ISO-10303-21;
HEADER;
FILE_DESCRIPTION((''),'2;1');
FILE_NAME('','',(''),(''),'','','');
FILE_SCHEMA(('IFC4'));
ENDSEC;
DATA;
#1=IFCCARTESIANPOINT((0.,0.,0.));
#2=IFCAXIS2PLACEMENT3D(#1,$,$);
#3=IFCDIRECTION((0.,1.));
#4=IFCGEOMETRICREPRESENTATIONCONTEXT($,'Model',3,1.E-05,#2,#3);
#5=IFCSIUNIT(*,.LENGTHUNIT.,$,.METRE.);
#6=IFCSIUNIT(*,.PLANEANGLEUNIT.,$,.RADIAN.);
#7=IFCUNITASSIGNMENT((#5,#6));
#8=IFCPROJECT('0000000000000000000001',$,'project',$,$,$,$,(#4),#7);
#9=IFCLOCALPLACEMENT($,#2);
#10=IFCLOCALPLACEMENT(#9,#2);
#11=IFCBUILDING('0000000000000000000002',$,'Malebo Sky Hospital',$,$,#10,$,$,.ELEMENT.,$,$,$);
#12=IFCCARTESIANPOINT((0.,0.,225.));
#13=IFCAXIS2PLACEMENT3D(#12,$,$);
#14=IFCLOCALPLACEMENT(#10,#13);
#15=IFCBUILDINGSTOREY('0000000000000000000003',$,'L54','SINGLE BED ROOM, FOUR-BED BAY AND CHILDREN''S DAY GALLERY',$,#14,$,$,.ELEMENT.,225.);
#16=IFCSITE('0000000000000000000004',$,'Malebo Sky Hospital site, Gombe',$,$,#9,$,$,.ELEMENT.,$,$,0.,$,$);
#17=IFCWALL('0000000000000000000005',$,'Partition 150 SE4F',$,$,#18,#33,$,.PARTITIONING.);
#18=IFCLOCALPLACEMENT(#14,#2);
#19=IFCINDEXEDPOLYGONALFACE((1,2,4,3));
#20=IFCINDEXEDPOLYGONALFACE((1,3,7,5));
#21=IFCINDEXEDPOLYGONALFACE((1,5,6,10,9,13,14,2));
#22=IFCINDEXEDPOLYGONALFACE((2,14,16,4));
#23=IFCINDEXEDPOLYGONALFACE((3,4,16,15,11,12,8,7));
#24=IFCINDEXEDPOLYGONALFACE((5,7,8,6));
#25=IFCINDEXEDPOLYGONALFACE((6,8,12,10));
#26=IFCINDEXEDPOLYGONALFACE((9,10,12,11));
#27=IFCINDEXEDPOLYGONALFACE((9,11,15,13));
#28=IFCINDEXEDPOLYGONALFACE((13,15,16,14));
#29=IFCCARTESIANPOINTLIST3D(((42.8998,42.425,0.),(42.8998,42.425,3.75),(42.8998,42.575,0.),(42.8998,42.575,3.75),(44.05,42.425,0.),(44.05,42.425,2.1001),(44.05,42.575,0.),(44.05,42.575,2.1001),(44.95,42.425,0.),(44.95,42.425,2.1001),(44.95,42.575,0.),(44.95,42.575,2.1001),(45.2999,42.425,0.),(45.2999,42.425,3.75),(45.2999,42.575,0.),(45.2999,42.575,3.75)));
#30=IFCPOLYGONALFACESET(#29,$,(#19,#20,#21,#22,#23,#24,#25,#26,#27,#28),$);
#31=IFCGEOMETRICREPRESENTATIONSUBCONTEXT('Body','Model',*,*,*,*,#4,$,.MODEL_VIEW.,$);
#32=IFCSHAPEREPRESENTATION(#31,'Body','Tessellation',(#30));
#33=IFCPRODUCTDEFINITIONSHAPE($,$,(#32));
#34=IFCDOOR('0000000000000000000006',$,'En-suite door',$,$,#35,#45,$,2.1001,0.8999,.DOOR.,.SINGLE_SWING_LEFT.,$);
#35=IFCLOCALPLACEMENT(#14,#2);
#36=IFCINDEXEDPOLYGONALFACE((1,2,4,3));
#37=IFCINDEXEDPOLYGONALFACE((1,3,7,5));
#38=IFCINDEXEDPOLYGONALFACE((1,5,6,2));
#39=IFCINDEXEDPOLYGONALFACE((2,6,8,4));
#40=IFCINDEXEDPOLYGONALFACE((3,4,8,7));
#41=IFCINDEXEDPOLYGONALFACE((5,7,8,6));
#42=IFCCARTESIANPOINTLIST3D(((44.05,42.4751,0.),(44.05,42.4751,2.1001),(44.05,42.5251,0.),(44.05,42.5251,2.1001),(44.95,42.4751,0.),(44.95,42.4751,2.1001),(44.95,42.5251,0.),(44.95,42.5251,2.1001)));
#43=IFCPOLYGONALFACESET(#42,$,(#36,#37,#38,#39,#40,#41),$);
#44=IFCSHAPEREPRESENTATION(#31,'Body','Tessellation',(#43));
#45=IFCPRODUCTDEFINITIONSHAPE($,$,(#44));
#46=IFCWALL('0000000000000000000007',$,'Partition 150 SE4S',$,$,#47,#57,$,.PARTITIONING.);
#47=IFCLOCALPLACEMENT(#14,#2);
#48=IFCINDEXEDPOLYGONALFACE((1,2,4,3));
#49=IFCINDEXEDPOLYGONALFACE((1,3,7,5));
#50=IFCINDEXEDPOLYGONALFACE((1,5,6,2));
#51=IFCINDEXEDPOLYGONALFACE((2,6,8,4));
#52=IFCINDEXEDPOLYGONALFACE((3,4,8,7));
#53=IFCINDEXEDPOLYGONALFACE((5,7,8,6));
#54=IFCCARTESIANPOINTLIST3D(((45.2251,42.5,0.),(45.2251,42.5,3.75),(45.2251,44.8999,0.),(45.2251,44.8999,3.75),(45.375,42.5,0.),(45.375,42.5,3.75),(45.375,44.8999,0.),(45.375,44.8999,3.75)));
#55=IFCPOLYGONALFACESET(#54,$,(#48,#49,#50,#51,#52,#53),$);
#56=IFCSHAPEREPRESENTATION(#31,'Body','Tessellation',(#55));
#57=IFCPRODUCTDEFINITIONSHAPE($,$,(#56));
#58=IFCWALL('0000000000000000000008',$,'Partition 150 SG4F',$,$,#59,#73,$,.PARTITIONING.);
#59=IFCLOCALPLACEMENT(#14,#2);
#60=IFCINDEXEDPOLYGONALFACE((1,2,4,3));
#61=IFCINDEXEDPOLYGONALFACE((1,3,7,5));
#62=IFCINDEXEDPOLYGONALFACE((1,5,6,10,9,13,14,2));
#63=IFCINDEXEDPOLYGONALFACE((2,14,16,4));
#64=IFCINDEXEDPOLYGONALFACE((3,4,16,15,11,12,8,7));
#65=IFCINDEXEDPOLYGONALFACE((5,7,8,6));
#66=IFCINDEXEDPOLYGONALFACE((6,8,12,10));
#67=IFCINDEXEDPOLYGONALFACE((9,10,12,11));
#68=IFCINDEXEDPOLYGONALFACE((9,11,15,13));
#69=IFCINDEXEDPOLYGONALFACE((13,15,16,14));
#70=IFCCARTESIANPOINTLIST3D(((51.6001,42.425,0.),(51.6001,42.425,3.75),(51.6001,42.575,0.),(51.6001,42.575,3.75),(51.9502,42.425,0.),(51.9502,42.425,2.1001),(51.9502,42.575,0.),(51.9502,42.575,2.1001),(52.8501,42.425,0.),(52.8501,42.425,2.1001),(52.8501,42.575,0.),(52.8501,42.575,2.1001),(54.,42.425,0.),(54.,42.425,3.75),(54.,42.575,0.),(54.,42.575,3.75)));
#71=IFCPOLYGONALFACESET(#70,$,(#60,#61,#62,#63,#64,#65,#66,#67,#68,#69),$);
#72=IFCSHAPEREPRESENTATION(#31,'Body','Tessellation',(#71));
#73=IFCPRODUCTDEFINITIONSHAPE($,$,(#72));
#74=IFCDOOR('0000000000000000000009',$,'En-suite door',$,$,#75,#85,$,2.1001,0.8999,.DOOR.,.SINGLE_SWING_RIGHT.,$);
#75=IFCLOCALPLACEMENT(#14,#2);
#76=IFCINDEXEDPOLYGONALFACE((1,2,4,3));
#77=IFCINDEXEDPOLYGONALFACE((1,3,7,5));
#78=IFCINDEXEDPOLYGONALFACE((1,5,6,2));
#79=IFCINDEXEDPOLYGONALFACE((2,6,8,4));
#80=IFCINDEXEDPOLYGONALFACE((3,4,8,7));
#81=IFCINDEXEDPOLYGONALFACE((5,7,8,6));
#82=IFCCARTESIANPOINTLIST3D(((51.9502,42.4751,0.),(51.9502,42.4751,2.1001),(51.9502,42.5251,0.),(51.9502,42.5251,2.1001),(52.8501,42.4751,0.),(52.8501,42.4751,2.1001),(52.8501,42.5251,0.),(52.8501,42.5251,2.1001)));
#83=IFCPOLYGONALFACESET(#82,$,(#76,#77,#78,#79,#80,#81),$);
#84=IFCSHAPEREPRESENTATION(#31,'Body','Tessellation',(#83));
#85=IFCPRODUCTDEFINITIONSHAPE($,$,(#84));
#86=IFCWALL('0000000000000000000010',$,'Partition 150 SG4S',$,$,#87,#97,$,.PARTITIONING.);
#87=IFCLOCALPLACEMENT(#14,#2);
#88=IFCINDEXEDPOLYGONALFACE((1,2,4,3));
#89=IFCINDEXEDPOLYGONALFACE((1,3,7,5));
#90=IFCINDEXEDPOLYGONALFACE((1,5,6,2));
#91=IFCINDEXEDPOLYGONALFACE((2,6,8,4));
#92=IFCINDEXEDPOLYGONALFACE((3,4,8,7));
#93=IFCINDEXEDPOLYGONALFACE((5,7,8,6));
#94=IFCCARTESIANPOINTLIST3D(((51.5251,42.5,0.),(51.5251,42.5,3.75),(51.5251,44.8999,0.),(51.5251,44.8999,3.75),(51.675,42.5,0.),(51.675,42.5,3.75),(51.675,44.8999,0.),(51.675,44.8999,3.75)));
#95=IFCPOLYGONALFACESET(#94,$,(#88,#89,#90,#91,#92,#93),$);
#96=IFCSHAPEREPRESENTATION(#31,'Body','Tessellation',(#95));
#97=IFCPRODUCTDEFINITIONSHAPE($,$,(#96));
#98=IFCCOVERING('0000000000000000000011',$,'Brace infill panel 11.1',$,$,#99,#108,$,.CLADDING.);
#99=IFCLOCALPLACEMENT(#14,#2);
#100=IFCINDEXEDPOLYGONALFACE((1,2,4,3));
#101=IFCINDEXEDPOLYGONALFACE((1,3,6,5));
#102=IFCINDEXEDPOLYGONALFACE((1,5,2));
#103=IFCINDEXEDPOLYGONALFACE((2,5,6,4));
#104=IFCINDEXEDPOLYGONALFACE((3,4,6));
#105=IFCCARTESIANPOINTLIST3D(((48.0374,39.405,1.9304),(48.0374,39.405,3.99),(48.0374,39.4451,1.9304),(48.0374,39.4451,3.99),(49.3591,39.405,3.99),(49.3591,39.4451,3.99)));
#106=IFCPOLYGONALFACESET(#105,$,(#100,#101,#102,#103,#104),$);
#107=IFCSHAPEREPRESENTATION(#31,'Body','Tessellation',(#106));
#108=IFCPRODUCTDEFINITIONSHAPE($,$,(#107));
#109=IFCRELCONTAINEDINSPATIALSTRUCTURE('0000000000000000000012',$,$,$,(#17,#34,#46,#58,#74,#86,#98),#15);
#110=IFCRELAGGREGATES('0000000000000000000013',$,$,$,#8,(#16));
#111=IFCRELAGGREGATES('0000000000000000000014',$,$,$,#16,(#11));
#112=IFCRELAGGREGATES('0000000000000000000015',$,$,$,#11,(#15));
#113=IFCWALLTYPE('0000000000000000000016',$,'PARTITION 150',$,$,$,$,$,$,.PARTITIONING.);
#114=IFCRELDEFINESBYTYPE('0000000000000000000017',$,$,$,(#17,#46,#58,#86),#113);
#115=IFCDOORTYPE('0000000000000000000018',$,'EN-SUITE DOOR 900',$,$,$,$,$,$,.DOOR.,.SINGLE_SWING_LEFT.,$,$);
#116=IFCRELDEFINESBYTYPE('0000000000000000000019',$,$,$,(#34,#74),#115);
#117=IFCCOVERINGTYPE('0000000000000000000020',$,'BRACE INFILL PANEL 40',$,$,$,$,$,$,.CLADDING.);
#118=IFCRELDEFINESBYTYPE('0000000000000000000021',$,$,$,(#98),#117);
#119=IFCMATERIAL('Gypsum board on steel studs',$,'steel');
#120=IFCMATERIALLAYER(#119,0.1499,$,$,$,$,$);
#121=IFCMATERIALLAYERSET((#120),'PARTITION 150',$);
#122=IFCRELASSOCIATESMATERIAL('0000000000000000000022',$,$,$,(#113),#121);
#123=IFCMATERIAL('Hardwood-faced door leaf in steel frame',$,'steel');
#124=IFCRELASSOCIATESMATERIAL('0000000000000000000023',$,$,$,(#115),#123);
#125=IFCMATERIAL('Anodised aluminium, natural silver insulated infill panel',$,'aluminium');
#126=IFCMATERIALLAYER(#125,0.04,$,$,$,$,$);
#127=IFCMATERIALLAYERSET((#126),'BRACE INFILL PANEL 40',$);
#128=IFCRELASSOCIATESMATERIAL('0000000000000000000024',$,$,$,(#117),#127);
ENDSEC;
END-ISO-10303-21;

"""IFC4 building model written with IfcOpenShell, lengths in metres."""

from ifc_helpers import new_model, si_unit, direction, frame, frame_2d, origin, place, context, subcontext, project, spatial, polyline, rectangle, outline, extrude, material, layer, layer_set, type_object, element, fill, save


model = new_model("IFC4")

# Units and contexts
model_context = context("Model", 3, precision=1e-05, world=origin(), true_north=direction((0.0, 1.0)))
body_context = subcontext(model_context, "Body", "Model", "MODEL_VIEW")
ifc_project = project(units=[si_unit("LENGTHUNIT", "METRE"), si_unit("PLANEANGLEUNIT", "RADIAN")], contexts=[model_context])

# Site, building, storey
site_placement = place(None, origin())
site = spatial("IfcSite", under=ifc_project, at=site_placement, Name="Malebo Sky Hospital site, Gombe", CompositionType="ELEMENT", RefElevation=0.0)
building_placement = place(site_placement, origin())
building = spatial("IfcBuilding", under=site, at=building_placement, Name="Malebo Sky Hospital", CompositionType="ELEMENT")
storey_placement = place(building_placement, frame((0.0, 0.0, 225.0)))
storey = spatial("IfcBuildingStorey", under=building, at=storey_placement, Name="L54", Description="SINGLE BED ROOM, FOUR-BED BAY AND CHILDREN'S DAY GALLERY", CompositionType="ELEMENT", Elevation=225.0)

# Shared definitions
ifc_material_1 = material(Name="Gypsum board on steel studs", Category="steel")
ifc_layer_1 = layer(ifc_material_1, 0.1499)
ifc_layer_set_1 = layer_set([ifc_layer_1], Name="PARTITION 150")
wall_type = type_object("IfcWallType", Name="PARTITION 150", PredefinedType="PARTITIONING", material=ifc_layer_set_1)

# Wall, opening, door
wall_1_placement = place(storey_placement, frame((45.3, 42.5, 0.0), z_axis=(0.0, 0.0, 1.0), x_axis=(-1.0, 0.0, 0.0)))
wall_1 = element("IfcWall", 1, at=wall_1_placement, inside=storey, type_object=wall_type, Name="Partition 150 SE4F", PredefinedType="PARTITIONING", context=body_context, shape_type="SweptSolid", body=[
    extrude(rectangle(XDim=2.4001, YDim=0.1499, at=frame_2d((1.2002, 0.0))), origin(), (0.0, 0.0, 1.0), 3.75),
])
opening_1_placement = place(wall_1_placement, frame((0.3501, 0.0, 0.0)))
opening_1 = element("IfcOpeningElement", 2, at=opening_1_placement, cuts=wall_1, PredefinedType="OPENING", context=body_context, shape_type="SweptSolid", body=[
    extrude(rectangle(XDim=0.8999, YDim=2.1001, at=frame_2d((0.45, 1.05))), frame((0.0, 0.085, 0.0), z_axis=(0.0, -1.0, 0.0), x_axis=(1.0, 0.0, 0.0)), (0.0, 0.0, 1.0), 0.1699),
])
ifc_material_2 = material(Name="Hardwood-faced door leaf in steel frame", Category="steel")
door_type = type_object("IfcDoorType", Name="EN-SUITE DOOR 900", OperationType="SINGLE_SWING_LEFT", PredefinedType="DOOR", material=ifc_material_2)
door_1_placement = place(opening_1_placement, origin())
door_1 = element("IfcDoor", 3, at=door_1_placement, inside=storey, type_object=door_type, Name="En-suite door", OperationType="SINGLE_SWING_LEFT", OverallHeight=2.1001, OverallWidth=0.8999, PredefinedType="DOOR", context=body_context, shape_type="SweptSolid", body=[
    extrude(rectangle(XDim=0.8999, YDim=2.1001, at=frame_2d((0.45, 1.05))), frame((0.0, 0.0249, 0.0), z_axis=(0.0, -1.0, 0.0), x_axis=(1.0, 0.0, 0.0)), (0.0, 0.0, 1.0), 0.05),
])
fill(opening_1, door_1)

# Wall
wall_2_placement = place(storey_placement, frame((45.3, 44.8999, 0.0), z_axis=(0.0, 0.0, 1.0), x_axis=(0.0, -1.0, 0.0)))
element("IfcWall", 4, at=wall_2_placement, inside=storey, type_object=wall_type, Name="Partition 150 SE4S", PredefinedType="PARTITIONING", context=body_context, shape_type="SweptSolid", body=[
    extrude(rectangle(XDim=2.3999, YDim=0.1499, at=frame_2d((1.2, 0.0))), origin(), (0.0, 0.0, 1.0), 3.75),
])

# Wall, opening, door
wall_3_placement = place(storey_placement, frame((54.0, 42.5, 0.0), z_axis=(0.0, 0.0, 1.0), x_axis=(-1.0, 0.0, 0.0)))
wall_3 = element("IfcWall", 5, at=wall_3_placement, inside=storey, type_object=wall_type, Name="Partition 150 SG4F", PredefinedType="PARTITIONING", context=body_context, shape_type="SweptSolid", body=[
    extrude(rectangle(XDim=2.3999, YDim=0.1499, at=frame_2d((1.2, 0.0))), origin(), (0.0, 0.0, 1.0), 3.75),
])
opening_2_placement = place(wall_3_placement, frame((1.1499, 0.0, 0.0)))
opening_2 = element("IfcOpeningElement", 6, at=opening_2_placement, cuts=wall_3, PredefinedType="OPENING", context=body_context, shape_type="SweptSolid", body=[
    extrude(rectangle(XDim=0.8999, YDim=2.1001, at=frame_2d((0.45, 1.05))), frame((0.0, 0.085, 0.0), z_axis=(0.0, -1.0, 0.0), x_axis=(1.0, 0.0, 0.0)), (0.0, 0.0, 1.0), 0.1699),
])
door_2_placement = place(opening_2_placement, origin())
door_2 = element("IfcDoor", 7, at=door_2_placement, inside=storey, type_object=door_type, Name="En-suite door", OperationType="SINGLE_SWING_RIGHT", OverallHeight=2.1001, OverallWidth=0.8999, PredefinedType="DOOR", context=body_context, shape_type="SweptSolid", body=[
    extrude(rectangle(XDim=0.8999, YDim=2.1001, at=frame_2d((0.45, 1.05))), frame((0.0, 0.0249, 0.0), z_axis=(0.0, -1.0, 0.0), x_axis=(1.0, 0.0, 0.0)), (0.0, 0.0, 1.0), 0.05),
])
fill(opening_2, door_2)

# Wall
wall_4_placement = place(storey_placement, frame((51.6001, 44.8999, 0.0), z_axis=(0.0, 0.0, 1.0), x_axis=(0.0, -1.0, 0.0)))
element("IfcWall", 8, at=wall_4_placement, inside=storey, type_object=wall_type, Name="Partition 150 SG4S", PredefinedType="PARTITIONING", context=body_context, shape_type="SweptSolid", body=[
    extrude(rectangle(XDim=2.3999, YDim=0.1499, at=frame_2d((1.2, 0.0))), origin(), (0.0, 0.0, 1.0), 3.75),
])

# Covering
ifc_material_3 = material(Name="Anodised aluminium, natural silver insulated infill panel", Category="aluminium")
ifc_layer_2 = layer(ifc_material_3, 0.04)
ifc_layer_set_2 = layer_set([ifc_layer_2], Name="BRACE INFILL PANEL 40")
covering_type = type_object("IfcCoveringType", Name="BRACE INFILL PANEL 40", PredefinedType="CLADDING", material=ifc_layer_set_2)
covering_placement = place(storey_placement, frame((48.6982, 39.425, 1.9304), z_axis=(0.0, 0.0, 1.0), x_axis=(-1.0, 0.0, 0.0)))
element("IfcCovering", 9, at=covering_placement, inside=storey, type_object=covering_type, Name="Brace infill panel 11.1", PredefinedType="CLADDING", context=body_context, shape_type="SweptSolid", body=[
    extrude(outline(polyline([(0.6609, 0.0), (0.6609, 2.0596), (-0.6609, 2.0596), (0.6609, 0.0)])), frame((0.0, 0.02, 0.0), z_axis=(0.0, -1.0, 0.0), x_axis=(1.0, 0.0, 0.0)), (0.0, 0.0, 1.0), 0.04),
])

save(model, "model.ifc")
